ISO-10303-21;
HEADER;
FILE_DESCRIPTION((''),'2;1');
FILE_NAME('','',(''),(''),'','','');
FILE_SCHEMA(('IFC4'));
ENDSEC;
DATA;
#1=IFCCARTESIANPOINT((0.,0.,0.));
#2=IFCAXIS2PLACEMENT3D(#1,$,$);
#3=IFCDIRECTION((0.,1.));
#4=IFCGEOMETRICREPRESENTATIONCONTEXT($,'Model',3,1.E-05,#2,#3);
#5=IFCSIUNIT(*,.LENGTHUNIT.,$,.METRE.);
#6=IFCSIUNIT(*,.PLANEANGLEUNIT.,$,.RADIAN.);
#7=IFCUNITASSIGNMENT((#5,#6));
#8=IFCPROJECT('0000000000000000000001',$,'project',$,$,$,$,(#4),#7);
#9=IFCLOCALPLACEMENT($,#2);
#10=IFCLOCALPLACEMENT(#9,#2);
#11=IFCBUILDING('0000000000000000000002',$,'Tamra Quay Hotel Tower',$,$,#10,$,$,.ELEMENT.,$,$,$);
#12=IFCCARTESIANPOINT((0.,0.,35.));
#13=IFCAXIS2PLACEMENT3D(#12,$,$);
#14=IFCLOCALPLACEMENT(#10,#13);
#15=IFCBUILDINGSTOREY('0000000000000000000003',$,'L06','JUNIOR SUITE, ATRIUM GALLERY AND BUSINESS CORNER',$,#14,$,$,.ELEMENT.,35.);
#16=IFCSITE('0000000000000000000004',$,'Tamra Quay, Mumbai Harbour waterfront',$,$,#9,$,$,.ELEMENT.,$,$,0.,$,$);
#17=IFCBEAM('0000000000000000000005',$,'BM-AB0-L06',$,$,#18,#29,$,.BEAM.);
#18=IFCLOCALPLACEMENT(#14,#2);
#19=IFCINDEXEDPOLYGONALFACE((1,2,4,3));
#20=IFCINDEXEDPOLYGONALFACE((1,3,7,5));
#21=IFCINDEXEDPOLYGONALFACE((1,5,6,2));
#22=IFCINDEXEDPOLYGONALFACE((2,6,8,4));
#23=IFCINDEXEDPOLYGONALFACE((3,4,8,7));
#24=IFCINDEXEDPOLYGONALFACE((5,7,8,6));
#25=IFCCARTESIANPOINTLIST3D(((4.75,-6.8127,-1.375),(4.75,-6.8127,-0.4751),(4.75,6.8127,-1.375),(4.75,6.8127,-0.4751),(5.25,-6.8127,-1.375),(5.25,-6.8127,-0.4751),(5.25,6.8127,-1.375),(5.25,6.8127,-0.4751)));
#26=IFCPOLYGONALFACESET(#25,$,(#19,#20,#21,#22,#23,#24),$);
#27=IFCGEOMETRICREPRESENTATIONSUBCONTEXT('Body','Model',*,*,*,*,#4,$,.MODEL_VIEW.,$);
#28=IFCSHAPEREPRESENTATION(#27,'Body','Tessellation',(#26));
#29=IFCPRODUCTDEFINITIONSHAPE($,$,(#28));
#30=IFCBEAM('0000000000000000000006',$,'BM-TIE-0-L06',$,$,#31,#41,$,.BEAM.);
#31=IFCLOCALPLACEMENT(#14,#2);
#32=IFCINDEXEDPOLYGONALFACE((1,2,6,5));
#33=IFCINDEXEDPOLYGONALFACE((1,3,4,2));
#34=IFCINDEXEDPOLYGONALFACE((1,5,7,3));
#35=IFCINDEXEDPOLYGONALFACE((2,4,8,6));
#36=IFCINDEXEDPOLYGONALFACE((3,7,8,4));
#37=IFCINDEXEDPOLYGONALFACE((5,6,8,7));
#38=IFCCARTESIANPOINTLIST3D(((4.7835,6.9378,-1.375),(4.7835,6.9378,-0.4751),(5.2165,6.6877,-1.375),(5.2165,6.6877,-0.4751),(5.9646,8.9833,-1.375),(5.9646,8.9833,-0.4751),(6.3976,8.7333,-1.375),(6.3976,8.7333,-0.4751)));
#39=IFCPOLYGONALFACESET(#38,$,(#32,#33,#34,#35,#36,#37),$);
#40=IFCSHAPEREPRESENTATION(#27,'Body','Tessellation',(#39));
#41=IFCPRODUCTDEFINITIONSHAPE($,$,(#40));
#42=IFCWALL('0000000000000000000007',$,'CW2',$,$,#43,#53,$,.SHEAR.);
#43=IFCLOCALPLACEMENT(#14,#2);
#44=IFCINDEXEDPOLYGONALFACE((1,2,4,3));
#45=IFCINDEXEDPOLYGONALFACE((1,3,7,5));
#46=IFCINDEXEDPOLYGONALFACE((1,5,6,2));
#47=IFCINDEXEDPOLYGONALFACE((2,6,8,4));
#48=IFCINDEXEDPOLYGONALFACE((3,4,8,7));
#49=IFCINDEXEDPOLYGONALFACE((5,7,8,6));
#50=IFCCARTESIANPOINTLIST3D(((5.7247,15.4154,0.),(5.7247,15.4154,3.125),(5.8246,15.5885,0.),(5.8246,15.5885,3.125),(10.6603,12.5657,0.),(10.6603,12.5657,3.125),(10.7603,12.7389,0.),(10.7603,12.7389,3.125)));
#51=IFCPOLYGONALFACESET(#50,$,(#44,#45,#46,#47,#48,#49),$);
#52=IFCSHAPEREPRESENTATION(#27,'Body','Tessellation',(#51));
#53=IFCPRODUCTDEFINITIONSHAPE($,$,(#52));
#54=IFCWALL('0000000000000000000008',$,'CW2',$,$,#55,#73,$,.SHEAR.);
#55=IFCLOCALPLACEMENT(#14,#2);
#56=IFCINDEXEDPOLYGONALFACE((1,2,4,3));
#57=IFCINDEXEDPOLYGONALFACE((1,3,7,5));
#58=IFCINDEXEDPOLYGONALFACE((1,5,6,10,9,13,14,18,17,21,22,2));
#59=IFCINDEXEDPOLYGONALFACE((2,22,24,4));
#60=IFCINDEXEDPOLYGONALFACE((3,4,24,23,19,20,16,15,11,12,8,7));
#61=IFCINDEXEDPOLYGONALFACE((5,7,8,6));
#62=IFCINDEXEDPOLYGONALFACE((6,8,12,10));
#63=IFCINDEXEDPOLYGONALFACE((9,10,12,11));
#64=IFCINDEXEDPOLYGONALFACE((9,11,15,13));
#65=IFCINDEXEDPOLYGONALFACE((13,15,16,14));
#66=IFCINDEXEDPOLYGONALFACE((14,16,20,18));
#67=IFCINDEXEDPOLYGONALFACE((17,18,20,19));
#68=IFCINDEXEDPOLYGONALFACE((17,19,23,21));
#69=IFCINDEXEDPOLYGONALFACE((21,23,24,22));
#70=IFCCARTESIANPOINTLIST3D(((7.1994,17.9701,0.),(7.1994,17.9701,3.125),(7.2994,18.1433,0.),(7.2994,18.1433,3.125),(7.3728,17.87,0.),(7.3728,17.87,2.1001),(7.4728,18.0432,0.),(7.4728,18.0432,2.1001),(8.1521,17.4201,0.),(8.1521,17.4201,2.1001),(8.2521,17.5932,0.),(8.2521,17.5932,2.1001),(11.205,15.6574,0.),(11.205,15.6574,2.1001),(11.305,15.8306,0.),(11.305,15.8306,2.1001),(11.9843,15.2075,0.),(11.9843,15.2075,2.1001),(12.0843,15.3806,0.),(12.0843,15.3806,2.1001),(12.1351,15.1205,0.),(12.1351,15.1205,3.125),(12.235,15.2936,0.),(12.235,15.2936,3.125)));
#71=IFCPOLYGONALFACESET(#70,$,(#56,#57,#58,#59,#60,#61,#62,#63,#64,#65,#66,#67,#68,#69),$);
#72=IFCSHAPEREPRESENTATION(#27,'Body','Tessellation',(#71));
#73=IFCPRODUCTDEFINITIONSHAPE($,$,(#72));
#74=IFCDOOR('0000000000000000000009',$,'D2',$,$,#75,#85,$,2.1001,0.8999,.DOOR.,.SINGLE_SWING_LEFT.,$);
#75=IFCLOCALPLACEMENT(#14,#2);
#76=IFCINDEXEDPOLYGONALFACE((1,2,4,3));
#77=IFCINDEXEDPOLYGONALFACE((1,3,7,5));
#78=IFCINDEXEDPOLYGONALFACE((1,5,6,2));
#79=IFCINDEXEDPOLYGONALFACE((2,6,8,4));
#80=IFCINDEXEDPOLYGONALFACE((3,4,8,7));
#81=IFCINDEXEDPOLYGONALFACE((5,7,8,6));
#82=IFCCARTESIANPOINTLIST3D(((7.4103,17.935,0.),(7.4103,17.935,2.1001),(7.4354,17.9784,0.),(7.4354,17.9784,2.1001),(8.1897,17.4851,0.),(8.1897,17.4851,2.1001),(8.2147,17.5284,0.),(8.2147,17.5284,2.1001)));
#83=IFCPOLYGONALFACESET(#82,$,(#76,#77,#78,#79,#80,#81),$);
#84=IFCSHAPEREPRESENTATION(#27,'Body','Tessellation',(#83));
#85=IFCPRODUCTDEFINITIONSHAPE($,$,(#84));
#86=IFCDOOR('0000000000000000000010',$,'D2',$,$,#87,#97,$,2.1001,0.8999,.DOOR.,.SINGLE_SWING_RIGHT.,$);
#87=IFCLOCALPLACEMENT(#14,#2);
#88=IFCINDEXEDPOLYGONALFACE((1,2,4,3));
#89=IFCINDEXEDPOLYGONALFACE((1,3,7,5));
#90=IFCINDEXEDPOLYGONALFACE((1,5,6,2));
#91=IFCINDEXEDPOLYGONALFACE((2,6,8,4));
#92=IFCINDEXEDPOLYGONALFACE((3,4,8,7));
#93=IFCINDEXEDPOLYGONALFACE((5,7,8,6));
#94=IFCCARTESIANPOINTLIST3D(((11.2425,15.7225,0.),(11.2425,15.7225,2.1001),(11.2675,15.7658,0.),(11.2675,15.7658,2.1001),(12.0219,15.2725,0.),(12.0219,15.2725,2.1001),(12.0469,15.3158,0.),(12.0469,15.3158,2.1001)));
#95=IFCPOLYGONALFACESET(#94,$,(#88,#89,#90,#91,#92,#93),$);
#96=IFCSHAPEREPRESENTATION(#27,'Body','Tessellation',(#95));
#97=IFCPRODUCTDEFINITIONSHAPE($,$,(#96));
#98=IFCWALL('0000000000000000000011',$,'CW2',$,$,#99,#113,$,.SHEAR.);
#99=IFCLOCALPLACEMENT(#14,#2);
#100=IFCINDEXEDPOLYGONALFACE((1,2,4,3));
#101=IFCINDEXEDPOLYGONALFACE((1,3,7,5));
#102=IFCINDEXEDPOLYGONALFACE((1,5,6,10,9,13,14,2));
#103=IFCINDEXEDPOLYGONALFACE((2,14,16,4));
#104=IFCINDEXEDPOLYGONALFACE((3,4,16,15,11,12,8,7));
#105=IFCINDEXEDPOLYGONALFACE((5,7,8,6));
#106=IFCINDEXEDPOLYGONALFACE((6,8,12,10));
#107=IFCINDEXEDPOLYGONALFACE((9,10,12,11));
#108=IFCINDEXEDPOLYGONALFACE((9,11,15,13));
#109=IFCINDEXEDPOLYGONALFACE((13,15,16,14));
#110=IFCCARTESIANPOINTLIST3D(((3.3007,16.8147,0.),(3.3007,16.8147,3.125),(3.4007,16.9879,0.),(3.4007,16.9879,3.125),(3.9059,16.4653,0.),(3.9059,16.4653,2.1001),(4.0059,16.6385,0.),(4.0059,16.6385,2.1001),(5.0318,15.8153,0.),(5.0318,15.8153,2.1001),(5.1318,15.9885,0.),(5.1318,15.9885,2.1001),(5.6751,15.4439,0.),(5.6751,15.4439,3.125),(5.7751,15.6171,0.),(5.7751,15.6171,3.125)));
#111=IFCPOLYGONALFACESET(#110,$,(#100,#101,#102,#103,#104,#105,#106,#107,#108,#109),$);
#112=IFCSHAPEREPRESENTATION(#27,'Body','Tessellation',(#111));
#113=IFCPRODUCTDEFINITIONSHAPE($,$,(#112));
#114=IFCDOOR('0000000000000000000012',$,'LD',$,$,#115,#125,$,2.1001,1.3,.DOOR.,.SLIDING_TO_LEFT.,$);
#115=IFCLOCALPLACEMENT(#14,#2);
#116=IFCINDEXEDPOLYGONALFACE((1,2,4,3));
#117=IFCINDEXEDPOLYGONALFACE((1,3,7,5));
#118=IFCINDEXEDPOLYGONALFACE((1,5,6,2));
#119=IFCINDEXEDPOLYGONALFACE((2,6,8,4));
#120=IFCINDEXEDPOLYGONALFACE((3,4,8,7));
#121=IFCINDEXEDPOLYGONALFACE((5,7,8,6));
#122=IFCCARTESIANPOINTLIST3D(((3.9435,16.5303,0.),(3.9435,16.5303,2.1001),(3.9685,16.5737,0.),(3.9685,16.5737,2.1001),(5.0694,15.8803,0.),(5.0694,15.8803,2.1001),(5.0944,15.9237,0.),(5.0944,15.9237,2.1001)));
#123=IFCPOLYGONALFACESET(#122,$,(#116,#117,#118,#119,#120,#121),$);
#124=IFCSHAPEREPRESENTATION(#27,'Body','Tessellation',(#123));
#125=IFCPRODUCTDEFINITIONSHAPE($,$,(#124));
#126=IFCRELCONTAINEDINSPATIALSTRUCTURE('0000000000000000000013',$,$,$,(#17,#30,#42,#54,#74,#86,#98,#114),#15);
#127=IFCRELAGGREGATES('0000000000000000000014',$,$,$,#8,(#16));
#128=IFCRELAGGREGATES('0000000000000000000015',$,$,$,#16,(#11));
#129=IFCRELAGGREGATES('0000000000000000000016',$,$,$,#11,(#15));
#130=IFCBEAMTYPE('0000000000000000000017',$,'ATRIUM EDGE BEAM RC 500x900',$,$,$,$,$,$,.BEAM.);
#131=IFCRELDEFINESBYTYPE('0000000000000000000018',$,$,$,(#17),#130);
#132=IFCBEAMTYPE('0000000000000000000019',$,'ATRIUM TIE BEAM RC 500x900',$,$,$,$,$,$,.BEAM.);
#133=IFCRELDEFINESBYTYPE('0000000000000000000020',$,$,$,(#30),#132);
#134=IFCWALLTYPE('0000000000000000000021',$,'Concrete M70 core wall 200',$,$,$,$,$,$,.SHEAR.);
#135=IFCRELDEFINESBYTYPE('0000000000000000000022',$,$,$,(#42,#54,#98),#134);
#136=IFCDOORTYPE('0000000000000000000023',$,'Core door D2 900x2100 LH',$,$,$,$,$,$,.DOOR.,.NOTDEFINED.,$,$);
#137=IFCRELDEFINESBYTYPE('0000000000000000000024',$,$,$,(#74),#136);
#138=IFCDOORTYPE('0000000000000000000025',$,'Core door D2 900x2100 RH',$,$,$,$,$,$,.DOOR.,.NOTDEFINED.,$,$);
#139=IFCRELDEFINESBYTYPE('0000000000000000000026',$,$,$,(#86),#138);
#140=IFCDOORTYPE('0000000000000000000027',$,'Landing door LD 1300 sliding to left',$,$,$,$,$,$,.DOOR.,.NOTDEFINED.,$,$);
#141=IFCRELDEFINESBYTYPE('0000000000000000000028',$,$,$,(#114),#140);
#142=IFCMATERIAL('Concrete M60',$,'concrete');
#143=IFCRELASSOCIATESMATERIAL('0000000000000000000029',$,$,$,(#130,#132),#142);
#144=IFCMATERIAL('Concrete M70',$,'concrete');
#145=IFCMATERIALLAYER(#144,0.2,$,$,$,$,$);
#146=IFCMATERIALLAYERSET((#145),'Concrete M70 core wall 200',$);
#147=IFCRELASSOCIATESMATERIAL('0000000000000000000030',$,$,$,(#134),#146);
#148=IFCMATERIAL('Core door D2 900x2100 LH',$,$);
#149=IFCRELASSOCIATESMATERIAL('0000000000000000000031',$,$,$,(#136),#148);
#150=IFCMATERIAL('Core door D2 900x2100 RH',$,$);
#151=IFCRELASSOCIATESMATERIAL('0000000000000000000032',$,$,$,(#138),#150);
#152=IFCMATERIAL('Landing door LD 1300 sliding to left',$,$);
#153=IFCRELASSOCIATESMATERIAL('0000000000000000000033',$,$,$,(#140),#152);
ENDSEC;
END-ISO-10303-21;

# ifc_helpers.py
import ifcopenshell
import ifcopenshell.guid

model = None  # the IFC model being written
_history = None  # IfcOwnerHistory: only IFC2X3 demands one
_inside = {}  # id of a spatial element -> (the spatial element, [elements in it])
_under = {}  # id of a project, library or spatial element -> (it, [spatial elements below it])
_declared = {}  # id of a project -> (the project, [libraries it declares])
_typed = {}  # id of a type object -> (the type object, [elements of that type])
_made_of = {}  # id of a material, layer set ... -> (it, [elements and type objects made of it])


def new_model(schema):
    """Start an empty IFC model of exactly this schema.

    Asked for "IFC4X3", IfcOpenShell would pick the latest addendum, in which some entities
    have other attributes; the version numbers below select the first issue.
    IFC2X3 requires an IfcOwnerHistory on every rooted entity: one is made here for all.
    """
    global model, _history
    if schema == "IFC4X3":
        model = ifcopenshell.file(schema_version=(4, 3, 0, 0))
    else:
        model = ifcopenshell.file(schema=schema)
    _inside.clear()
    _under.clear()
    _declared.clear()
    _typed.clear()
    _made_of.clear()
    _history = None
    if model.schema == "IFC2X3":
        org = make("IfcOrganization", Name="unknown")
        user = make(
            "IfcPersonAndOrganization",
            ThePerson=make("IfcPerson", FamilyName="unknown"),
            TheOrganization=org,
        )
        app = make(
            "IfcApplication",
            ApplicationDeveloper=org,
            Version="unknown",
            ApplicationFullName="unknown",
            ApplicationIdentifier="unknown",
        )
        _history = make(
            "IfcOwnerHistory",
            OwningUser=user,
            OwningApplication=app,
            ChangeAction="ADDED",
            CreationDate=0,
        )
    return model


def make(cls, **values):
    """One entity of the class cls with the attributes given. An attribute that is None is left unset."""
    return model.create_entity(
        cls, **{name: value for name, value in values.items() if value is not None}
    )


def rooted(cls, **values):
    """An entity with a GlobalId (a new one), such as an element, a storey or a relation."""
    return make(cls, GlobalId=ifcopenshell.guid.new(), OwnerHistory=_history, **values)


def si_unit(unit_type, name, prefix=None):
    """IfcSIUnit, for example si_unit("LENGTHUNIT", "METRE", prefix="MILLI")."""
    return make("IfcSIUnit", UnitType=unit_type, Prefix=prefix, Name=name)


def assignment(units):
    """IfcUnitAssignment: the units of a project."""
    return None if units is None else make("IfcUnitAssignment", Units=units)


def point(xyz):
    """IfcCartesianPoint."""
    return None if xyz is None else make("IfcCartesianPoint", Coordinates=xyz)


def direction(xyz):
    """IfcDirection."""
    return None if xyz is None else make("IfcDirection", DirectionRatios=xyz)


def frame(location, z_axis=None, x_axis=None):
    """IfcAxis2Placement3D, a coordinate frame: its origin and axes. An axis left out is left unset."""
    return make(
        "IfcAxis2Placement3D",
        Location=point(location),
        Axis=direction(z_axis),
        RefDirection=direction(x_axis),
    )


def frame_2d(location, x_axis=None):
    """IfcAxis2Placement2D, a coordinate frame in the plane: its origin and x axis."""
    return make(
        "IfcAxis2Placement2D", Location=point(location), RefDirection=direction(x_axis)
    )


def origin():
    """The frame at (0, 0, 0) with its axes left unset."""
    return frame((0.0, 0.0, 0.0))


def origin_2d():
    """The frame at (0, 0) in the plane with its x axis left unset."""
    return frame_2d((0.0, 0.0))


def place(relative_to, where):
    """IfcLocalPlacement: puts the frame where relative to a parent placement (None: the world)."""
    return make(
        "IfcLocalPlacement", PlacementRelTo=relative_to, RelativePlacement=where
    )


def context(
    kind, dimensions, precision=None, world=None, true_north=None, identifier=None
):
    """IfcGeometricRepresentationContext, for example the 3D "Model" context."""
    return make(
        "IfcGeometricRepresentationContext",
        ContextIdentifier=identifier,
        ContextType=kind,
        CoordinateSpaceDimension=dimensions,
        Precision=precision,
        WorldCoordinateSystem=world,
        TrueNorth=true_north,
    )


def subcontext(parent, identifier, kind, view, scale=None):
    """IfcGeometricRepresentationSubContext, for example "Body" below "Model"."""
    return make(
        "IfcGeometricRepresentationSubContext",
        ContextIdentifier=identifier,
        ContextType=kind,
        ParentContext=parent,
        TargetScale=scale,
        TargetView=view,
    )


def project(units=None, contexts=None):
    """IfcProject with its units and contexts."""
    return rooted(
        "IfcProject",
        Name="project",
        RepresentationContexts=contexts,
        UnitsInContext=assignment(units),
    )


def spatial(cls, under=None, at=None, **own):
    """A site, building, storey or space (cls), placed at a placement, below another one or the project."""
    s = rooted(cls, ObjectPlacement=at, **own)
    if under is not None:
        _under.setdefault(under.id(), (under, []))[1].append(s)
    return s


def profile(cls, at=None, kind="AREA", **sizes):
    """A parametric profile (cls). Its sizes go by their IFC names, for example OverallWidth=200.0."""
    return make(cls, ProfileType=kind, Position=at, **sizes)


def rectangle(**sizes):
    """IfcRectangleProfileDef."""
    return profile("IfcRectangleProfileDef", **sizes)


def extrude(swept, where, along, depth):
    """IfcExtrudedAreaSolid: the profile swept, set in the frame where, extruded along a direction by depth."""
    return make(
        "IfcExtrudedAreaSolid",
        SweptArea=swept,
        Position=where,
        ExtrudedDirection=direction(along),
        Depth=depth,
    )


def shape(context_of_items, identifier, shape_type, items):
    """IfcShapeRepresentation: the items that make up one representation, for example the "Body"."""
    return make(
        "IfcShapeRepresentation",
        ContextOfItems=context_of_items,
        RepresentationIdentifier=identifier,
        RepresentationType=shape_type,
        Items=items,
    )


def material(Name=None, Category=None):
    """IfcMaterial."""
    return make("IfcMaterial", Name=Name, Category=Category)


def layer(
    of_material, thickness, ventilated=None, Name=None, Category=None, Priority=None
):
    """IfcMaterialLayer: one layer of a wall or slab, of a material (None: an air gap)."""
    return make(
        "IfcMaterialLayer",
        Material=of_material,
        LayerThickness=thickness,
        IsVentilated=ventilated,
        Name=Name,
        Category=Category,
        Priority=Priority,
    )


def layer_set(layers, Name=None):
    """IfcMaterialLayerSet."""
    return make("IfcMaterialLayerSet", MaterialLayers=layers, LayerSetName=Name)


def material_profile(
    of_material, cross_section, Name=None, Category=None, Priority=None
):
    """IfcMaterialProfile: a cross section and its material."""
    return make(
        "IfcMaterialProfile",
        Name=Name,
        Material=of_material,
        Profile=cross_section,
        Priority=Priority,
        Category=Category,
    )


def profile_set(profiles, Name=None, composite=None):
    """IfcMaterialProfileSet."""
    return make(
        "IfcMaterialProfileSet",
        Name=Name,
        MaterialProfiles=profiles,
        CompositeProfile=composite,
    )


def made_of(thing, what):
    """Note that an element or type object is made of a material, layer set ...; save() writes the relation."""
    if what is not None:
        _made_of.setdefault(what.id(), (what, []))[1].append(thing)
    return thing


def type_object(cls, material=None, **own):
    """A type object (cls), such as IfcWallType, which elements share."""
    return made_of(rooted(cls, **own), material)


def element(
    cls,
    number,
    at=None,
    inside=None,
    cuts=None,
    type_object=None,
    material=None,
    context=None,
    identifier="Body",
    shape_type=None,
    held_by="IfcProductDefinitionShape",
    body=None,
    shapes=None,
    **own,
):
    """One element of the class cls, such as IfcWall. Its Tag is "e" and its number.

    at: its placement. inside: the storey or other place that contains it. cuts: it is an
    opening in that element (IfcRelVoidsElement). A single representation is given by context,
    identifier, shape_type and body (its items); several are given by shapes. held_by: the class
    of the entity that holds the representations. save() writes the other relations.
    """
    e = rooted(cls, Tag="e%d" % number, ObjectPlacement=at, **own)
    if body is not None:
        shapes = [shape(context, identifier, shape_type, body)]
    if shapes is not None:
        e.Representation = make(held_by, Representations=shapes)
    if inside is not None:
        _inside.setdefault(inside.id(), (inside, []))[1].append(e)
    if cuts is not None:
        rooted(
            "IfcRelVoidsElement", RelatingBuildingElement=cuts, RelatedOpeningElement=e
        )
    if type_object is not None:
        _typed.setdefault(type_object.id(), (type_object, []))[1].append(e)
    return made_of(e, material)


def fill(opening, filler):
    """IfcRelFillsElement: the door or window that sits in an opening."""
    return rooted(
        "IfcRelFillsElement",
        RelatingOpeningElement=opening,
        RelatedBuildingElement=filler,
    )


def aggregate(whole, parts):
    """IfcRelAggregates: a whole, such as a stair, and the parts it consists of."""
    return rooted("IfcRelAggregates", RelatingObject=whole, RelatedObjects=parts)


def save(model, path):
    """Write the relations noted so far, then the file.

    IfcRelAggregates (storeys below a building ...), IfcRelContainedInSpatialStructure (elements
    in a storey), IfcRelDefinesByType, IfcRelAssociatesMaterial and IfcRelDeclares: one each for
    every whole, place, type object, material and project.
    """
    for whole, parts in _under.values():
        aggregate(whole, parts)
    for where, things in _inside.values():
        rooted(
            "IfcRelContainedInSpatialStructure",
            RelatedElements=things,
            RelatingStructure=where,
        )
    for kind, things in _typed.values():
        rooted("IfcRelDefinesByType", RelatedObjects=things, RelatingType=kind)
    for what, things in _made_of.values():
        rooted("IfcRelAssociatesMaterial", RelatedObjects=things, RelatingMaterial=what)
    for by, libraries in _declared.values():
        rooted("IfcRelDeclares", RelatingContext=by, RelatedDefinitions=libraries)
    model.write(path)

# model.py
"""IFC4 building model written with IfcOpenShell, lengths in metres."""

from ifc_helpers import new_model, si_unit, direction, frame, frame_2d, origin, origin_2d, place, context, subcontext, project, spatial, rectangle, extrude, material, layer, layer_set, material_profile, profile_set, type_object, element, fill, save


model = new_model("IFC4")

# Units and contexts
model_context = context("Model", 3, precision=1e-05, world=origin(), true_north=direction((0.0, 1.0)))
body_context = subcontext(model_context, "Body", "Model", "MODEL_VIEW")
ifc_project = project(units=[si_unit("LENGTHUNIT", "METRE"), si_unit("PLANEANGLEUNIT", "RADIAN")], contexts=[model_context])

# Site, building, storey
site_placement = place(None, origin())
site = spatial("IfcSite", under=ifc_project, at=site_placement, Name="Tamra Quay, Mumbai Harbour waterfront", CompositionType="ELEMENT", RefElevation=0.0)
building_placement = place(site_placement, origin())
building = spatial("IfcBuilding", under=site, at=building_placement, Name="Tamra Quay Hotel Tower", CompositionType="ELEMENT")
storey_placement = place(building_placement, frame((0.0, 0.0, 35.0)))
storey = spatial("IfcBuildingStorey", under=building, at=storey_placement, Name="L06", Description="JUNIOR SUITE, ATRIUM GALLERY AND BUSINESS CORNER", CompositionType="ELEMENT", Elevation=35.0)

# Beams
ifc_material_1 = material(Name="Concrete M60", Category="concrete")
ifc_material_profile_1 = material_profile(ifc_material_1, rectangle(XDim=0.5, YDim=0.8999, at=origin_2d()), Name="ATRIUM EDGE BEAM RC 500x900")
ifc_profile_set_1 = profile_set([ifc_material_profile_1], Name="Concrete M60")
beam_type_1 = type_object("IfcBeamType", Name="ATRIUM EDGE BEAM RC 500x900", PredefinedType="BEAM", material=ifc_profile_set_1)
beam_1_placement = place(storey_placement, frame((5.0, 6.8127, -0.925), z_axis=(0.0, -1.0, 0.0), x_axis=(1.0, 0.0, 0.0)))
element("IfcBeam", 1, at=beam_1_placement, inside=storey, type_object=beam_type_1, Name="BM-AB0-L06", PredefinedType="BEAM", context=body_context, shape_type="SweptSolid", body=[
    extrude(rectangle(XDim=0.5, YDim=0.8999, at=origin_2d()), origin(), (0.0, 0.0, 1.0), 13.6255),
])
ifc_material_profile_2 = material_profile(ifc_material_1, rectangle(XDim=0.5, YDim=0.8999, at=origin_2d()), Name="ATRIUM TIE BEAM RC 500x900")
ifc_profile_set_2 = profile_set([ifc_material_profile_2], Name="Concrete M60")
beam_type_2 = type_object("IfcBeamType", Name="ATRIUM TIE BEAM RC 500x900", PredefinedType="BEAM", material=ifc_profile_set_2)
beam_2_placement = place(storey_placement, frame((5.0, 6.8127, -0.925), z_axis=(0.50003, 0.866008, 0.0), x_axis=(-0.866008, 0.50003, 0.0)))
element("IfcBeam", 2, at=beam_2_placement, inside=storey, type_object=beam_type_2, Name="BM-TIE-0-L06", PredefinedType="BEAM", context=body_context, shape_type="SweptSolid", body=[
    extrude(rectangle(XDim=0.5, YDim=0.8999, at=origin_2d()), origin(), (0.0, 0.0, 1.0), 2.3621),
])

# Wall
ifc_material_2 = material(Name="Concrete M70", Category="concrete")
ifc_layer_1 = layer(ifc_material_2, 0.2)
ifc_layer_set_1 = layer_set([ifc_layer_1], Name="Concrete M70 core wall 200")
wall_type_1 = type_object("IfcWallType", Name="Concrete M70 core wall 200", PredefinedType="SHEAR", material=ifc_layer_set_1)
wall_1_placement = place(storey_placement, frame((5.7747, 15.502, 0.0), z_axis=(0.0, 0.0, 1.0), x_axis=(0.86602, -0.500009, 0.0)))
element("IfcWall", 3, at=wall_1_placement, inside=storey, type_object=wall_type_1, Name="CW2", PredefinedType="SHEAR", context=body_context, shape_type="SweptSolid", body=[
    extrude(rectangle(XDim=5.6992, YDim=0.2, at=frame_2d((2.8496, 0.0))), origin(), (0.0, 0.0, 1.0), 3.125),
])

# Wall, openings, doors
wall_2_placement = place(storey_placement, frame((12.1851, 15.207, 0.0), z_axis=(0.0, 0.0, 1.0), x_axis=(-0.86602, 0.500009, 0.0)))
wall_2 = element("IfcWall", 4, at=wall_2_placement, inside=storey, type_object=wall_type_1, Name="CW2", PredefinedType="SHEAR", context=body_context, shape_type="SweptSolid", body=[
    extrude(rectangle(XDim=5.6992, YDim=0.2, at=frame_2d((2.8496, 0.0))), origin(), (0.0, 0.0, 1.0), 3.125),
])
opening_1_placement = place(wall_2_placement, frame((0.1741, 0.0, 0.0)))
opening_1 = element("IfcOpeningElement", 5, at=opening_1_placement, cuts=wall_2, PredefinedType="OPENING", context=body_context, shape_type="SweptSolid", body=[
    extrude(rectangle(XDim=0.8999, YDim=2.1001, at=frame_2d((0.45, 1.05))), frame((0.0, 0.1099, 0.0), z_axis=(0.0, -1.0, 0.0), x_axis=(1.0, 0.0, 0.0)), (0.0, 0.0, 1.0), 0.22),
])
opening_2_placement = place(wall_2_placement, frame((4.5991, 0.0, 0.0)))
opening_2 = element("IfcOpeningElement", 6, at=opening_2_placement, cuts=wall_2, PredefinedType="OPENING", context=body_context, shape_type="SweptSolid", body=[
    extrude(rectangle(XDim=0.8999, YDim=2.1001, at=frame_2d((0.45, 1.05))), frame((0.0, 0.1099, 0.0), z_axis=(0.0, -1.0, 0.0), x_axis=(1.0, 0.0, 0.0)), (0.0, 0.0, 1.0), 0.22),
])
ifc_material_3 = material(Name="Core door D2 900x2100 LH")
door_type_1 = type_object("IfcDoorType", Name="Core door D2 900x2100 LH", OperationType="NOTDEFINED", PredefinedType="DOOR", material=ifc_material_3)
door_1_placement = place(opening_2_placement, origin())
door_1 = element("IfcDoor", 7, at=door_1_placement, inside=storey, type_object=door_type_1, Name="D2", OperationType="SINGLE_SWING_LEFT", OverallHeight=2.1001, OverallWidth=0.8999, PredefinedType="DOOR", context=body_context, shape_type="SweptSolid", body=[
    extrude(rectangle(XDim=0.8999, YDim=2.1001, at=frame_2d((0.45, 1.05))), frame((0.0, 0.0249, 0.0), z_axis=(0.0, -1.0, 0.0), x_axis=(1.0, 0.0, 0.0)), (0.0, 0.0, 1.0), 0.05),
])
fill(opening_2, door_1)
ifc_material_4 = material(Name="Core door D2 900x2100 RH")
door_type_2 = type_object("IfcDoorType", Name="Core door D2 900x2100 RH", OperationType="NOTDEFINED", PredefinedType="DOOR", material=ifc_material_4)
door_2_placement = place(opening_1_placement, origin())
door_2 = element("IfcDoor", 8, at=door_2_placement, inside=storey, type_object=door_type_2, Name="D2", OperationType="SINGLE_SWING_RIGHT", OverallHeight=2.1001, OverallWidth=0.8999, PredefinedType="DOOR", context=body_context, shape_type="SweptSolid", body=[
    extrude(rectangle(XDim=0.8999, YDim=2.1001, at=frame_2d((0.45, 1.05))), frame((0.0, 0.0249, 0.0), z_axis=(0.0, -1.0, 0.0), x_axis=(1.0, 0.0, 0.0)), (0.0, 0.0, 1.0), 0.05),
])
fill(opening_1, door_2)

# Wall, opening, door
wall_3_placement = place(storey_placement, frame((5.7251, 15.5305, 0.0), z_axis=(0.0, 0.0, 1.0), x_axis=(-0.866037, 0.499979, 0.0)))
wall_3 = element("IfcWall", 9, at=wall_3_placement, inside=storey, type_object=wall_type_1, Name="CW2", PredefinedType="SHEAR", context=body_context, shape_type="SweptSolid", body=[
    extrude(rectangle(XDim=2.7417, YDim=0.2, at=frame_2d((1.3708, 0.0))), origin(), (0.0, 0.0, 1.0), 3.125),
])
opening_3_placement = place(wall_3_placement, frame((0.7429, 0.0, 0.0)))
opening_3 = element("IfcOpeningElement", 10, at=opening_3_placement, cuts=wall_3, PredefinedType="OPENING", context=body_context, shape_type="SweptSolid", body=[
    extrude(rectangle(XDim=1.3, YDim=2.1001, at=frame_2d((0.6499, 1.05))), frame((0.0, 0.1099, 0.0), z_axis=(0.0, -1.0, 0.0), x_axis=(1.0, 0.0, 0.0)), (0.0, 0.0, 1.0), 0.22),
])
ifc_material_5 = material(Name="Landing door LD 1300 sliding to left")
door_type_3 = type_object("IfcDoorType", Name="Landing door LD 1300 sliding to left", OperationType="NOTDEFINED", PredefinedType="DOOR", material=ifc_material_5)
door_3_placement = place(opening_3_placement, origin())
door_3 = element("IfcDoor", 11, at=door_3_placement, inside=storey, type_object=door_type_3, Name="LD", OperationType="SLIDING_TO_LEFT", OverallHeight=2.1001, OverallWidth=1.3, PredefinedType="DOOR", context=body_context, shape_type="SweptSolid", body=[
    extrude(rectangle(XDim=1.3, YDim=2.1001, at=frame_2d((0.6499, 1.05))), frame((0.0, 0.0249, 0.0), z_axis=(0.0, -1.0, 0.0), x_axis=(1.0, 0.0, 0.0)), (0.0, 0.0, 1.0), 0.05),
])
fill(opening_3, door_3)

save(model, "model.ifc")
